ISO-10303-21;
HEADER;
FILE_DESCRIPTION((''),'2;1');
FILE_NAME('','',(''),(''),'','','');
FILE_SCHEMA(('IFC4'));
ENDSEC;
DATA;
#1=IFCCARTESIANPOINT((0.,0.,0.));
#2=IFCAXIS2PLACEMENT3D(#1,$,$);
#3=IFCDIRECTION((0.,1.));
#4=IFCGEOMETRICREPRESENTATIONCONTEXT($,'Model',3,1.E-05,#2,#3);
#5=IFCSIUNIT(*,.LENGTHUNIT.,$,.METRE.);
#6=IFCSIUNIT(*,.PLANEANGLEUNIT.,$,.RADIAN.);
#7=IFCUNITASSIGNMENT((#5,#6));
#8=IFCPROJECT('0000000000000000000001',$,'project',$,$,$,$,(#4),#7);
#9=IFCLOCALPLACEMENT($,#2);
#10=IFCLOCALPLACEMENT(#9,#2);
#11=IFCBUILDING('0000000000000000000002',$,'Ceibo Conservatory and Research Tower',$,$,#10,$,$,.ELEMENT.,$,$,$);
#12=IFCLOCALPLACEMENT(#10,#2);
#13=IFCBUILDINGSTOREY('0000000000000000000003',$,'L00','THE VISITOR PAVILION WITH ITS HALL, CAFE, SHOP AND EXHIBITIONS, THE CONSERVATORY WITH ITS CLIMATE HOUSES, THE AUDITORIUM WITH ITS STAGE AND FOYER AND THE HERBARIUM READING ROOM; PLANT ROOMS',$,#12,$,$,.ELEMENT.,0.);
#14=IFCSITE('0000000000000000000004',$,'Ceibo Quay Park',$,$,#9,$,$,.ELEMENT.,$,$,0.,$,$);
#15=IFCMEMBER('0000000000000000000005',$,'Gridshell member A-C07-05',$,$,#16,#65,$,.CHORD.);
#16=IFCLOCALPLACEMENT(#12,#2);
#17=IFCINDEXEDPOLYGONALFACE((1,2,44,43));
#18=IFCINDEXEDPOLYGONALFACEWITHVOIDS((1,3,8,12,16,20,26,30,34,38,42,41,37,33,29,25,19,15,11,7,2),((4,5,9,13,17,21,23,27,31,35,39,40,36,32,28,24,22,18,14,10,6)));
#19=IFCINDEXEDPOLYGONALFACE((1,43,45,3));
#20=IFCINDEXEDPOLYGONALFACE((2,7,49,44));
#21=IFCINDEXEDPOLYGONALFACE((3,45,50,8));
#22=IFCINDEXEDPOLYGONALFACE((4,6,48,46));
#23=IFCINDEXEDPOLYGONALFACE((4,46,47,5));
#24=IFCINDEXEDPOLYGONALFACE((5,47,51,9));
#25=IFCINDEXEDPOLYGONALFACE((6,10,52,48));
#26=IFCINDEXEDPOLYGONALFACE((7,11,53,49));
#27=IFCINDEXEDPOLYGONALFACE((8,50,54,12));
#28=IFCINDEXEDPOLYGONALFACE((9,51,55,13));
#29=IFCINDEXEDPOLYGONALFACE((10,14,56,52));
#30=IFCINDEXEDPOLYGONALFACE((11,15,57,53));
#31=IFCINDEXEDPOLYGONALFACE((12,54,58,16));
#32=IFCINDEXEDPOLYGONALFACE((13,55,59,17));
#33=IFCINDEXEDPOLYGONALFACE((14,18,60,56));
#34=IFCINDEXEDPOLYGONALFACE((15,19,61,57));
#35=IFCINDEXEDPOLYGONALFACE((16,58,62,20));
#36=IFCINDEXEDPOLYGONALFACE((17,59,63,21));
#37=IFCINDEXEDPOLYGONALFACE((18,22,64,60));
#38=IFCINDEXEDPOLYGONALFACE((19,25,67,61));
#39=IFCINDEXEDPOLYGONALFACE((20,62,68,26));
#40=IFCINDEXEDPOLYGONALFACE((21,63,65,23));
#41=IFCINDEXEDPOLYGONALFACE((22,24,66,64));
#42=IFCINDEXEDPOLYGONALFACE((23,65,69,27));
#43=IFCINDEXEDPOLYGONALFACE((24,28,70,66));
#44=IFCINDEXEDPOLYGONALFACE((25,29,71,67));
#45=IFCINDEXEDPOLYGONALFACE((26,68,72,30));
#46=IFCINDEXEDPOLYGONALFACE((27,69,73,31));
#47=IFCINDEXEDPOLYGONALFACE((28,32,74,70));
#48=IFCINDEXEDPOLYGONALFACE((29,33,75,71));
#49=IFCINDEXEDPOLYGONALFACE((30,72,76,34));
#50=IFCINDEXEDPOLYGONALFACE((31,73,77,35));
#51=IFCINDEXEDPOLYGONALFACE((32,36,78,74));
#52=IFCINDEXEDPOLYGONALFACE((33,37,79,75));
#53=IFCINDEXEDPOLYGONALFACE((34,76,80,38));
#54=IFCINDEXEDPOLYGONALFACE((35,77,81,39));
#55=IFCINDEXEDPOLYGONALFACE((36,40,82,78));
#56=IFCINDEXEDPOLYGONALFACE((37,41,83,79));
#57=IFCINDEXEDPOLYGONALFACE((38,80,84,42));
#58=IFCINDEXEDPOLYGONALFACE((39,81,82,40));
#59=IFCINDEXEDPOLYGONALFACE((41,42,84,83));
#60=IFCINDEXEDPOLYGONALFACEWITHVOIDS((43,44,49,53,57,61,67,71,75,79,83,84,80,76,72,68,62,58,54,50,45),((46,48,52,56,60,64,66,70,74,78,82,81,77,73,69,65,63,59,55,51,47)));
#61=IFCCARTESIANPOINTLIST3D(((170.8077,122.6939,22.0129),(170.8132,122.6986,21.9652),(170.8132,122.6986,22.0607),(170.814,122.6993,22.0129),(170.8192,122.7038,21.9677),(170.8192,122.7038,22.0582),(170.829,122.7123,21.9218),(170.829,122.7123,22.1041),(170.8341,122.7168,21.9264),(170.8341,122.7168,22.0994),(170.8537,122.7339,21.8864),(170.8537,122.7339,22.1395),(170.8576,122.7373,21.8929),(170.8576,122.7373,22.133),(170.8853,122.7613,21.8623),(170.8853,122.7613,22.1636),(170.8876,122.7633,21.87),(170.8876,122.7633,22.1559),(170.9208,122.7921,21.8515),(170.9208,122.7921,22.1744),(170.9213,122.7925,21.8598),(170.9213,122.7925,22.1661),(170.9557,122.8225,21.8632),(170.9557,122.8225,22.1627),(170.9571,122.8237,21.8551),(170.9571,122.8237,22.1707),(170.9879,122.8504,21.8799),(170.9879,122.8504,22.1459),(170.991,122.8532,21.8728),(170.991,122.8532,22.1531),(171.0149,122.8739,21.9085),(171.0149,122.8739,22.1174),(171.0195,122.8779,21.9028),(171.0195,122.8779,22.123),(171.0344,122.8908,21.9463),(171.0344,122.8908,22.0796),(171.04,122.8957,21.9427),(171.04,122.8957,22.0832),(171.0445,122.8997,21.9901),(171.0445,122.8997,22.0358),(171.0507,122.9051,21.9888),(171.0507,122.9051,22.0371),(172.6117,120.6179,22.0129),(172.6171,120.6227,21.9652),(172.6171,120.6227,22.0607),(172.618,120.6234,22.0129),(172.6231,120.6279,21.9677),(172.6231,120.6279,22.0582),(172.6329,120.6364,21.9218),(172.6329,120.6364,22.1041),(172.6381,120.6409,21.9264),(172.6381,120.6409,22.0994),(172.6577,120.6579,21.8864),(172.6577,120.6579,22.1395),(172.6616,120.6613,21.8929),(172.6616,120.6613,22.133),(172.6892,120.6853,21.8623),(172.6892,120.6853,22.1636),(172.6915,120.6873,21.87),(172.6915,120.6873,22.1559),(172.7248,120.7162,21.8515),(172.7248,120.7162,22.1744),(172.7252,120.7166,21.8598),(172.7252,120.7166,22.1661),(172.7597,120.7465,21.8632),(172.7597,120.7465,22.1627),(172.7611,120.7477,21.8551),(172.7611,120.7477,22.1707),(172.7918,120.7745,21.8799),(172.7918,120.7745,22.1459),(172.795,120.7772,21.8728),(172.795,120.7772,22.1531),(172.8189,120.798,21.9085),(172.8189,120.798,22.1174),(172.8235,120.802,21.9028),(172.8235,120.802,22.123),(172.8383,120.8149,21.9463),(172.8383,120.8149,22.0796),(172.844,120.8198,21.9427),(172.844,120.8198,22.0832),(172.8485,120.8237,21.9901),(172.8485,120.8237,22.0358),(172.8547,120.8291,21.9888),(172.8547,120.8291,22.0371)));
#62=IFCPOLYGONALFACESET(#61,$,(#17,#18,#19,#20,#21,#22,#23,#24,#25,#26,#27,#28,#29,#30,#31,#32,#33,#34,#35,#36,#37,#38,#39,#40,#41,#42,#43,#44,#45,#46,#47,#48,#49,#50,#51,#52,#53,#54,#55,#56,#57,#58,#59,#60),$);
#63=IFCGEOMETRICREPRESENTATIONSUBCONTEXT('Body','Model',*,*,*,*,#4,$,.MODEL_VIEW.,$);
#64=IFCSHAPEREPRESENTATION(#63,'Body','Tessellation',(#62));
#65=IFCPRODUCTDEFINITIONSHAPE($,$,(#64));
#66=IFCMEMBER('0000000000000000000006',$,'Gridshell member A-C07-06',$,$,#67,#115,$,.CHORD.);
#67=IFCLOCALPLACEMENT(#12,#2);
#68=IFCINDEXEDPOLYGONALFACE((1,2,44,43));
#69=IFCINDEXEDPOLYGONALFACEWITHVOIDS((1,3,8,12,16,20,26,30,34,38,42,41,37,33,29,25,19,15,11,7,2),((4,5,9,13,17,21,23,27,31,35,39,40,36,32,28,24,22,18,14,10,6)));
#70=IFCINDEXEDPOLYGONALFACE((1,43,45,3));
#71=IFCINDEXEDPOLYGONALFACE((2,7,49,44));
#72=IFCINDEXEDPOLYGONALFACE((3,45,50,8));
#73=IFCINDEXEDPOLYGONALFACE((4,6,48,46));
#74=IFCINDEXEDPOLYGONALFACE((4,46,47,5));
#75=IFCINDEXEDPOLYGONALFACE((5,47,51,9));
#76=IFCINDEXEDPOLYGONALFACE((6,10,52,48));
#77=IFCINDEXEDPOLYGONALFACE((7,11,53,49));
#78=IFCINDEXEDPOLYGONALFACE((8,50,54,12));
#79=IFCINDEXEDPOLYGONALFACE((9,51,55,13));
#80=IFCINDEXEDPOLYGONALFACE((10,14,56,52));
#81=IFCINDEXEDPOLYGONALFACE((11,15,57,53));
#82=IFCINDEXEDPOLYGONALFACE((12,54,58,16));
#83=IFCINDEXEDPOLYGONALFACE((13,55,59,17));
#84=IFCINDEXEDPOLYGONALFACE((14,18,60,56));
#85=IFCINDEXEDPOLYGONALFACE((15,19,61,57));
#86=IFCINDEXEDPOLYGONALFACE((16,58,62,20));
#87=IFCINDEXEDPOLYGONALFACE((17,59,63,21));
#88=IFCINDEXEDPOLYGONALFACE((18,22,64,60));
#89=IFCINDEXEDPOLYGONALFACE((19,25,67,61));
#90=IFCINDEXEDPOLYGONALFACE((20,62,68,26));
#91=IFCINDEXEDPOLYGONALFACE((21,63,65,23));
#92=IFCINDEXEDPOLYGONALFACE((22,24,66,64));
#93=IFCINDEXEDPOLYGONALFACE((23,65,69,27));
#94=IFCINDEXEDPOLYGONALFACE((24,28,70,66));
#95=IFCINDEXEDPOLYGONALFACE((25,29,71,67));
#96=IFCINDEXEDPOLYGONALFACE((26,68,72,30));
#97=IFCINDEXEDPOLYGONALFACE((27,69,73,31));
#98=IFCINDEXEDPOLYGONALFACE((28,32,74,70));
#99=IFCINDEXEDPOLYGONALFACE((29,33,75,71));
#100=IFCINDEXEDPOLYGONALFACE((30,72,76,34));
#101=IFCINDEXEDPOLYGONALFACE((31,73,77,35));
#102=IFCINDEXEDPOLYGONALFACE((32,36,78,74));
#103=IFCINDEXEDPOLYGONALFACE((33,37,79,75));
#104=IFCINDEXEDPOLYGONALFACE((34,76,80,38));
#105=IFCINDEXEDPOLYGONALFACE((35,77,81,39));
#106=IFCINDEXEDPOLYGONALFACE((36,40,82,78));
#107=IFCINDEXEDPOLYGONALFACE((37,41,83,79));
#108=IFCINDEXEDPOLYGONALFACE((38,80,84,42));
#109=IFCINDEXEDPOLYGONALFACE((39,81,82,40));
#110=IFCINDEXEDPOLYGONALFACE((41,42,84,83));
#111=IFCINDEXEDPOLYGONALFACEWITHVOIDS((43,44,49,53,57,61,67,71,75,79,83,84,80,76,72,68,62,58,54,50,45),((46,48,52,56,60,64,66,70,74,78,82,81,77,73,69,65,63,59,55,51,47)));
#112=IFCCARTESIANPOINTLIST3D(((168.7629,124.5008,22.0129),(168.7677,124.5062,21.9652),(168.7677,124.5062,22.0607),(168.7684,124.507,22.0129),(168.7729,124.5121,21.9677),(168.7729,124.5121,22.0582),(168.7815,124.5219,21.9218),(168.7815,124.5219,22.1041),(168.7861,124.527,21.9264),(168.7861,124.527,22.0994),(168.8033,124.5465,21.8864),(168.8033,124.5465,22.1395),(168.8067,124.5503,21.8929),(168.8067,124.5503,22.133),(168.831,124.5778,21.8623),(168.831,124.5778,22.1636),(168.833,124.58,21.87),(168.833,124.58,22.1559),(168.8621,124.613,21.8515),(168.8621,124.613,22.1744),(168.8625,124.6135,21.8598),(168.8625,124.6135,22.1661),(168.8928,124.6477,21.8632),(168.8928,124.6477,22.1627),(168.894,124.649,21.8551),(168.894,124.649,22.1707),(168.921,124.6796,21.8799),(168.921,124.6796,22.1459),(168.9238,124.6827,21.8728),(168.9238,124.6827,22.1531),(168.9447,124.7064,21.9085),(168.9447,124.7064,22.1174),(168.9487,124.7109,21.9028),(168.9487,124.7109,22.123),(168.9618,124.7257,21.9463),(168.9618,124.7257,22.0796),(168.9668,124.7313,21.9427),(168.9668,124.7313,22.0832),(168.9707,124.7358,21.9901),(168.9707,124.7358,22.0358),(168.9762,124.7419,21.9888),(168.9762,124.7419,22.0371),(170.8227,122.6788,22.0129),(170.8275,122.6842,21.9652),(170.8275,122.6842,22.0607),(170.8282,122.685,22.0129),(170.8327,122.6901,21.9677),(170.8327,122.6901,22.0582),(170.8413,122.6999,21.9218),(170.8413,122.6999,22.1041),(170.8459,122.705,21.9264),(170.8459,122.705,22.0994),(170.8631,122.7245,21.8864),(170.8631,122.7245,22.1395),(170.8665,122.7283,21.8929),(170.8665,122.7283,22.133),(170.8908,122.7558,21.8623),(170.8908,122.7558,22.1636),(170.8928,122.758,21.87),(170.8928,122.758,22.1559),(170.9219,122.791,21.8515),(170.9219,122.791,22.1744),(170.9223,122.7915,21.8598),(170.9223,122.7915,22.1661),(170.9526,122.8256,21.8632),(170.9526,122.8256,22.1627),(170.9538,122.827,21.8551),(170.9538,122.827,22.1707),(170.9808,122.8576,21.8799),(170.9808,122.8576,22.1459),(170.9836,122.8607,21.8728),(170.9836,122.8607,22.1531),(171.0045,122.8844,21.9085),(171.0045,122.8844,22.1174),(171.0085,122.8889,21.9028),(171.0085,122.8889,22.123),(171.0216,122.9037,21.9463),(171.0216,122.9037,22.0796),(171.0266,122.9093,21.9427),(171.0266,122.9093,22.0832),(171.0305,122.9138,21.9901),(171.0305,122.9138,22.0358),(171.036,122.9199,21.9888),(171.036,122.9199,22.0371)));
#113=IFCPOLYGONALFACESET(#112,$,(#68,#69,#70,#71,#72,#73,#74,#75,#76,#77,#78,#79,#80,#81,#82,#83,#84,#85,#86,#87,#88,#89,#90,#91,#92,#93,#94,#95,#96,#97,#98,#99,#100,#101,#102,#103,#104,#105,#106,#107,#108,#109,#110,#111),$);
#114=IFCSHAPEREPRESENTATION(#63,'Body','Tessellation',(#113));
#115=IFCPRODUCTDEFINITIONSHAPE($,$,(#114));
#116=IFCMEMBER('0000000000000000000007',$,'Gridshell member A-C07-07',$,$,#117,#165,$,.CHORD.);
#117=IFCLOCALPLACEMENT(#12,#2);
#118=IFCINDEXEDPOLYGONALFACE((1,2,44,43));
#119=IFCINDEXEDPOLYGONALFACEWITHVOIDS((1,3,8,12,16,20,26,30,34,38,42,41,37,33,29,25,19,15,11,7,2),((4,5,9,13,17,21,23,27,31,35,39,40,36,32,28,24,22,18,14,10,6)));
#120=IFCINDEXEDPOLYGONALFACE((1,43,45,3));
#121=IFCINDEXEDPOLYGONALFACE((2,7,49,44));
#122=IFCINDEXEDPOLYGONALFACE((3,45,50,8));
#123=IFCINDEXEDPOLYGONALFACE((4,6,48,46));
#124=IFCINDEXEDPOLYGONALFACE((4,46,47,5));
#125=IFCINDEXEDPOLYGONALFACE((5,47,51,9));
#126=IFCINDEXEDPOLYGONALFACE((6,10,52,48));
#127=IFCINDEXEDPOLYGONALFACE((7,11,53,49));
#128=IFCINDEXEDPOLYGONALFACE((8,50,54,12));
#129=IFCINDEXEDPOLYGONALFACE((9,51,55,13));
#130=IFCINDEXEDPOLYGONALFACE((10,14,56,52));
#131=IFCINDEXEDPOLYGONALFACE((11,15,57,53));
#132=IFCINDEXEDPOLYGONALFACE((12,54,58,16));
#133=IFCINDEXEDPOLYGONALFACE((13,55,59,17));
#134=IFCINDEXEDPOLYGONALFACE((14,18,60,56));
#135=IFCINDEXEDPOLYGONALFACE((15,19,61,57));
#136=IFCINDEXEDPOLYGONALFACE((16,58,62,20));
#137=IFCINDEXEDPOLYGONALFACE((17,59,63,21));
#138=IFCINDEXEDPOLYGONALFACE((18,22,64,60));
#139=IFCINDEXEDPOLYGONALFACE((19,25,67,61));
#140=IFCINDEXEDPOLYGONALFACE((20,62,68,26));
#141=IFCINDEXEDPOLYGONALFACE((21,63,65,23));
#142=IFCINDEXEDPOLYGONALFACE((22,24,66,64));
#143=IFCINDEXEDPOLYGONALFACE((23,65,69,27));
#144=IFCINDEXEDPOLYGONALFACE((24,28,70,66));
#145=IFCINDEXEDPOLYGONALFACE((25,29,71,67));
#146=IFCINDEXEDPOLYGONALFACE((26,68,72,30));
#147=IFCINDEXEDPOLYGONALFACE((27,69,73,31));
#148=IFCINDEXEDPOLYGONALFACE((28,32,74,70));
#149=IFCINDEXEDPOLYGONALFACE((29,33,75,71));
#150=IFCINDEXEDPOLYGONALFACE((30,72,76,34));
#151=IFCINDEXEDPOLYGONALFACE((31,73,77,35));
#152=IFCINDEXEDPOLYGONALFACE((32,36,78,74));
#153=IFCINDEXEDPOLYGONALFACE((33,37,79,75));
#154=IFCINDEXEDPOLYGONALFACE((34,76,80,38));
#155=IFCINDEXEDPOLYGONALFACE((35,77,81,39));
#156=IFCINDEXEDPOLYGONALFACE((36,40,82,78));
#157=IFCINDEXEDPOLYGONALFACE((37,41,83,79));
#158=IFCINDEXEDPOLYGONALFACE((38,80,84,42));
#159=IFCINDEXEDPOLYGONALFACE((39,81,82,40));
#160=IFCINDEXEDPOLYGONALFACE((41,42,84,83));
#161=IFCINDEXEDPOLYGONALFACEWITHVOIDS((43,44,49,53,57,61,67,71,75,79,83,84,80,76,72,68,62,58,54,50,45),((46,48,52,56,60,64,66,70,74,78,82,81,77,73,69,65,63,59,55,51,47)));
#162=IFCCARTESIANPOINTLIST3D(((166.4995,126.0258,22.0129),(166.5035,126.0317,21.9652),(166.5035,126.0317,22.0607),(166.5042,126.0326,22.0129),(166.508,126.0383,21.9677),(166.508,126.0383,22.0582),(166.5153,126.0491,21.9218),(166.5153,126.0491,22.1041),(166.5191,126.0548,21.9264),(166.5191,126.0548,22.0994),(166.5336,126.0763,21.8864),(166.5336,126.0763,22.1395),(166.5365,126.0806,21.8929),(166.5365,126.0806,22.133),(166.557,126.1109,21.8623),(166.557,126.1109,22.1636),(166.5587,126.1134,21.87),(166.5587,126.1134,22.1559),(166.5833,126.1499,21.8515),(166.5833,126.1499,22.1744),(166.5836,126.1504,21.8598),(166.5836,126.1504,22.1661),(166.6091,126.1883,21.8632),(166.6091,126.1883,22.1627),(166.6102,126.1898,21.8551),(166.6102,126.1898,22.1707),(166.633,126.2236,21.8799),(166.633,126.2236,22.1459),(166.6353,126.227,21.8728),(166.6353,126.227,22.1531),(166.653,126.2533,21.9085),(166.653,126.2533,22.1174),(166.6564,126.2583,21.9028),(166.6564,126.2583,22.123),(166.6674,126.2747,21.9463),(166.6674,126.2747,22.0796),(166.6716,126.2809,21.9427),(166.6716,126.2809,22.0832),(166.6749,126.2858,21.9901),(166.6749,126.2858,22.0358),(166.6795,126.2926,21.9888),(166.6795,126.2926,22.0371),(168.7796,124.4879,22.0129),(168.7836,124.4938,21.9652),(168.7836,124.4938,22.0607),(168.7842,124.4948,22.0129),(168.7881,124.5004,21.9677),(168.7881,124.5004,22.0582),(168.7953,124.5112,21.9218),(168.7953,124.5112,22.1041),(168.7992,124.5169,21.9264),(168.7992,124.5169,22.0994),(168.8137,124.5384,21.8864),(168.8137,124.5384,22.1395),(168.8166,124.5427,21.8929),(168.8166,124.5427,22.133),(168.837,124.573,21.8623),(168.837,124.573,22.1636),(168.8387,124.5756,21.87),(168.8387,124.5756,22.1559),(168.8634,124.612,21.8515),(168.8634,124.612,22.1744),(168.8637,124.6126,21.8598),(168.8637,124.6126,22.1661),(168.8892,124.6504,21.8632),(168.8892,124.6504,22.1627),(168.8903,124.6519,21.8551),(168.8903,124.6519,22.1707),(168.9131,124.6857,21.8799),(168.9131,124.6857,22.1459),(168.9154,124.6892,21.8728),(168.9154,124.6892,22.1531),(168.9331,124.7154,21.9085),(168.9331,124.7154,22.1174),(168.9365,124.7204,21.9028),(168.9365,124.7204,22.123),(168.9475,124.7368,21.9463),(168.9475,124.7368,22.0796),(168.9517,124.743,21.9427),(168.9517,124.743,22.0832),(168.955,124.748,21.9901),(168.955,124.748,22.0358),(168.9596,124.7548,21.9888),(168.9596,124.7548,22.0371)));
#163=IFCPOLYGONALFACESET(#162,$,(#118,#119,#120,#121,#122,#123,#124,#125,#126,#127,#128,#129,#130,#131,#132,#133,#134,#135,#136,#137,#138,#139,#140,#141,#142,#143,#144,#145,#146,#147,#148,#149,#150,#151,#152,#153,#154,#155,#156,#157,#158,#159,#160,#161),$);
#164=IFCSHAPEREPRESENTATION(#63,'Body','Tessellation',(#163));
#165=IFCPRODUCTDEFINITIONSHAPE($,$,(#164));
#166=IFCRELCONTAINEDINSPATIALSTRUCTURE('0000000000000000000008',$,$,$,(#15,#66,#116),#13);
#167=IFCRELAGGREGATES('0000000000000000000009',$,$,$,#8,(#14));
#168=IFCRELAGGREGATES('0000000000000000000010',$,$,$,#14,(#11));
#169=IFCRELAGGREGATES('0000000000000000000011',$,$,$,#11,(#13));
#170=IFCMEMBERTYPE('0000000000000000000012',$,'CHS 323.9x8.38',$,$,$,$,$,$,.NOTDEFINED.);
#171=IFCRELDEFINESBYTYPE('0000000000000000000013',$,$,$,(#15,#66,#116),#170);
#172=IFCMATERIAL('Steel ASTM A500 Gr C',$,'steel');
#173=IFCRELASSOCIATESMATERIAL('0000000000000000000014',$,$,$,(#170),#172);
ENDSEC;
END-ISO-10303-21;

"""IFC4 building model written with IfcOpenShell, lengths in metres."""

from ifc_helpers import new_model, si_unit, direction, frame, origin, origin_2d, place, context, subcontext, project, spatial, hollow_circle, extrude, material, material_profile, profile_set, type_object, element, save


model = new_model("IFC4")

# Units and contexts
model_context = context("Model", 3, precision=1e-05, world=origin(), true_north=direction((0.0, 1.0)))
body_context = subcontext(model_context, "Body", "Model", "MODEL_VIEW")
ifc_project = project(units=[si_unit("LENGTHUNIT", "METRE"), si_unit("PLANEANGLEUNIT", "RADIAN")], contexts=[model_context])

# Site, building, storey
site_placement = place(None, origin())
site = spatial("IfcSite", under=ifc_project, at=site_placement, Name="Ceibo Quay Park", CompositionType="ELEMENT", RefElevation=0.0)
building_placement = place(site_placement, origin())
building = spatial("IfcBuilding", under=site, at=building_placement, Name="Ceibo Conservatory and Research Tower", CompositionType="ELEMENT")
storey_placement = place(building_placement, origin())
storey = spatial("IfcBuildingStorey", under=building, at=storey_placement, Name="L00", Description="THE VISITOR PAVILION WITH ITS HALL, CAFE, SHOP AND EXHIBITIONS, THE CONSERVATORY WITH ITS CLIMATE HOUSES, THE AUDITORIUM WITH ITS STAGE AND FOYER AND THE HERBARIUM READING ROOM; PLANT ROOMS", CompositionType="ELEMENT", Elevation=0.0)

# Members
ifc_material_1 = material(Name="Steel ASTM A500 Gr C", Category="steel")
ifc_material_profile_1 = material_profile(ifc_material_1, hollow_circle(Radius=0.1619, WallThickness=0.0083, at=origin_2d()), Name="CHS 323.9x8.38")
ifc_profile_set_1 = profile_set([ifc_material_profile_1], Name="Steel ASTM A500 Gr C")
member_type_1 = type_object("IfcMemberType", Name="CHS 323.9x8.38", PredefinedType="NOTDEFINED", material=ifc_profile_set_1)
member_1_placement = place(storey_placement, frame((172.7339, 120.7241, 22.0129), z_axis=(-0.65593, 0.754821, 0.0), x_axis=(-0.754821, -0.65593, 0.0)))
element("IfcMember", 1, at=member_1_placement, inside=storey, type_object=member_type_1, Name="Gridshell member A-C07-05", PredefinedType="CHORD", context=body_context, shape_type="SweptSolid", body=[
    extrude(hollow_circle(Radius=0.1619, WallThickness=0.0083, at=origin_2d()), origin(), (0.0, 0.0, 1.0), 2.7502),
])
member_2_placement = place(storey_placement, frame((170.9299, 122.8, 22.0129), z_axis=(-0.749019, 0.662549, 0.0), x_axis=(-0.662549, -0.749019, 0.0)))
element("IfcMember", 2, at=member_2_placement, inside=storey, type_object=member_type_1, Name="Gridshell member A-C07-06", PredefinedType="CHORD", context=body_context, shape_type="SweptSolid", body=[
    extrude(hollow_circle(Radius=0.1619, WallThickness=0.0083, at=origin_2d()), origin(), (0.0, 0.0, 1.0), 2.75),
])
member_3_placement = place(storey_placement, frame((168.8701, 124.6221, 22.0129), z_axis=(-0.829047, 0.559179, 0.0), x_axis=(-0.559179, -0.829047, 0.0)))
element("IfcMember", 3, at=member_3_placement, inside=storey, type_object=member_type_1, Name="Gridshell member A-C07-07", PredefinedType="CHORD", context=body_context, shape_type="SweptSolid", body=[
    extrude(hollow_circle(Radius=0.1619, WallThickness=0.0083, at=origin_2d()), origin(), (0.0, 0.0, 1.0), 2.7502),
])

save(model, "model.ifc")
